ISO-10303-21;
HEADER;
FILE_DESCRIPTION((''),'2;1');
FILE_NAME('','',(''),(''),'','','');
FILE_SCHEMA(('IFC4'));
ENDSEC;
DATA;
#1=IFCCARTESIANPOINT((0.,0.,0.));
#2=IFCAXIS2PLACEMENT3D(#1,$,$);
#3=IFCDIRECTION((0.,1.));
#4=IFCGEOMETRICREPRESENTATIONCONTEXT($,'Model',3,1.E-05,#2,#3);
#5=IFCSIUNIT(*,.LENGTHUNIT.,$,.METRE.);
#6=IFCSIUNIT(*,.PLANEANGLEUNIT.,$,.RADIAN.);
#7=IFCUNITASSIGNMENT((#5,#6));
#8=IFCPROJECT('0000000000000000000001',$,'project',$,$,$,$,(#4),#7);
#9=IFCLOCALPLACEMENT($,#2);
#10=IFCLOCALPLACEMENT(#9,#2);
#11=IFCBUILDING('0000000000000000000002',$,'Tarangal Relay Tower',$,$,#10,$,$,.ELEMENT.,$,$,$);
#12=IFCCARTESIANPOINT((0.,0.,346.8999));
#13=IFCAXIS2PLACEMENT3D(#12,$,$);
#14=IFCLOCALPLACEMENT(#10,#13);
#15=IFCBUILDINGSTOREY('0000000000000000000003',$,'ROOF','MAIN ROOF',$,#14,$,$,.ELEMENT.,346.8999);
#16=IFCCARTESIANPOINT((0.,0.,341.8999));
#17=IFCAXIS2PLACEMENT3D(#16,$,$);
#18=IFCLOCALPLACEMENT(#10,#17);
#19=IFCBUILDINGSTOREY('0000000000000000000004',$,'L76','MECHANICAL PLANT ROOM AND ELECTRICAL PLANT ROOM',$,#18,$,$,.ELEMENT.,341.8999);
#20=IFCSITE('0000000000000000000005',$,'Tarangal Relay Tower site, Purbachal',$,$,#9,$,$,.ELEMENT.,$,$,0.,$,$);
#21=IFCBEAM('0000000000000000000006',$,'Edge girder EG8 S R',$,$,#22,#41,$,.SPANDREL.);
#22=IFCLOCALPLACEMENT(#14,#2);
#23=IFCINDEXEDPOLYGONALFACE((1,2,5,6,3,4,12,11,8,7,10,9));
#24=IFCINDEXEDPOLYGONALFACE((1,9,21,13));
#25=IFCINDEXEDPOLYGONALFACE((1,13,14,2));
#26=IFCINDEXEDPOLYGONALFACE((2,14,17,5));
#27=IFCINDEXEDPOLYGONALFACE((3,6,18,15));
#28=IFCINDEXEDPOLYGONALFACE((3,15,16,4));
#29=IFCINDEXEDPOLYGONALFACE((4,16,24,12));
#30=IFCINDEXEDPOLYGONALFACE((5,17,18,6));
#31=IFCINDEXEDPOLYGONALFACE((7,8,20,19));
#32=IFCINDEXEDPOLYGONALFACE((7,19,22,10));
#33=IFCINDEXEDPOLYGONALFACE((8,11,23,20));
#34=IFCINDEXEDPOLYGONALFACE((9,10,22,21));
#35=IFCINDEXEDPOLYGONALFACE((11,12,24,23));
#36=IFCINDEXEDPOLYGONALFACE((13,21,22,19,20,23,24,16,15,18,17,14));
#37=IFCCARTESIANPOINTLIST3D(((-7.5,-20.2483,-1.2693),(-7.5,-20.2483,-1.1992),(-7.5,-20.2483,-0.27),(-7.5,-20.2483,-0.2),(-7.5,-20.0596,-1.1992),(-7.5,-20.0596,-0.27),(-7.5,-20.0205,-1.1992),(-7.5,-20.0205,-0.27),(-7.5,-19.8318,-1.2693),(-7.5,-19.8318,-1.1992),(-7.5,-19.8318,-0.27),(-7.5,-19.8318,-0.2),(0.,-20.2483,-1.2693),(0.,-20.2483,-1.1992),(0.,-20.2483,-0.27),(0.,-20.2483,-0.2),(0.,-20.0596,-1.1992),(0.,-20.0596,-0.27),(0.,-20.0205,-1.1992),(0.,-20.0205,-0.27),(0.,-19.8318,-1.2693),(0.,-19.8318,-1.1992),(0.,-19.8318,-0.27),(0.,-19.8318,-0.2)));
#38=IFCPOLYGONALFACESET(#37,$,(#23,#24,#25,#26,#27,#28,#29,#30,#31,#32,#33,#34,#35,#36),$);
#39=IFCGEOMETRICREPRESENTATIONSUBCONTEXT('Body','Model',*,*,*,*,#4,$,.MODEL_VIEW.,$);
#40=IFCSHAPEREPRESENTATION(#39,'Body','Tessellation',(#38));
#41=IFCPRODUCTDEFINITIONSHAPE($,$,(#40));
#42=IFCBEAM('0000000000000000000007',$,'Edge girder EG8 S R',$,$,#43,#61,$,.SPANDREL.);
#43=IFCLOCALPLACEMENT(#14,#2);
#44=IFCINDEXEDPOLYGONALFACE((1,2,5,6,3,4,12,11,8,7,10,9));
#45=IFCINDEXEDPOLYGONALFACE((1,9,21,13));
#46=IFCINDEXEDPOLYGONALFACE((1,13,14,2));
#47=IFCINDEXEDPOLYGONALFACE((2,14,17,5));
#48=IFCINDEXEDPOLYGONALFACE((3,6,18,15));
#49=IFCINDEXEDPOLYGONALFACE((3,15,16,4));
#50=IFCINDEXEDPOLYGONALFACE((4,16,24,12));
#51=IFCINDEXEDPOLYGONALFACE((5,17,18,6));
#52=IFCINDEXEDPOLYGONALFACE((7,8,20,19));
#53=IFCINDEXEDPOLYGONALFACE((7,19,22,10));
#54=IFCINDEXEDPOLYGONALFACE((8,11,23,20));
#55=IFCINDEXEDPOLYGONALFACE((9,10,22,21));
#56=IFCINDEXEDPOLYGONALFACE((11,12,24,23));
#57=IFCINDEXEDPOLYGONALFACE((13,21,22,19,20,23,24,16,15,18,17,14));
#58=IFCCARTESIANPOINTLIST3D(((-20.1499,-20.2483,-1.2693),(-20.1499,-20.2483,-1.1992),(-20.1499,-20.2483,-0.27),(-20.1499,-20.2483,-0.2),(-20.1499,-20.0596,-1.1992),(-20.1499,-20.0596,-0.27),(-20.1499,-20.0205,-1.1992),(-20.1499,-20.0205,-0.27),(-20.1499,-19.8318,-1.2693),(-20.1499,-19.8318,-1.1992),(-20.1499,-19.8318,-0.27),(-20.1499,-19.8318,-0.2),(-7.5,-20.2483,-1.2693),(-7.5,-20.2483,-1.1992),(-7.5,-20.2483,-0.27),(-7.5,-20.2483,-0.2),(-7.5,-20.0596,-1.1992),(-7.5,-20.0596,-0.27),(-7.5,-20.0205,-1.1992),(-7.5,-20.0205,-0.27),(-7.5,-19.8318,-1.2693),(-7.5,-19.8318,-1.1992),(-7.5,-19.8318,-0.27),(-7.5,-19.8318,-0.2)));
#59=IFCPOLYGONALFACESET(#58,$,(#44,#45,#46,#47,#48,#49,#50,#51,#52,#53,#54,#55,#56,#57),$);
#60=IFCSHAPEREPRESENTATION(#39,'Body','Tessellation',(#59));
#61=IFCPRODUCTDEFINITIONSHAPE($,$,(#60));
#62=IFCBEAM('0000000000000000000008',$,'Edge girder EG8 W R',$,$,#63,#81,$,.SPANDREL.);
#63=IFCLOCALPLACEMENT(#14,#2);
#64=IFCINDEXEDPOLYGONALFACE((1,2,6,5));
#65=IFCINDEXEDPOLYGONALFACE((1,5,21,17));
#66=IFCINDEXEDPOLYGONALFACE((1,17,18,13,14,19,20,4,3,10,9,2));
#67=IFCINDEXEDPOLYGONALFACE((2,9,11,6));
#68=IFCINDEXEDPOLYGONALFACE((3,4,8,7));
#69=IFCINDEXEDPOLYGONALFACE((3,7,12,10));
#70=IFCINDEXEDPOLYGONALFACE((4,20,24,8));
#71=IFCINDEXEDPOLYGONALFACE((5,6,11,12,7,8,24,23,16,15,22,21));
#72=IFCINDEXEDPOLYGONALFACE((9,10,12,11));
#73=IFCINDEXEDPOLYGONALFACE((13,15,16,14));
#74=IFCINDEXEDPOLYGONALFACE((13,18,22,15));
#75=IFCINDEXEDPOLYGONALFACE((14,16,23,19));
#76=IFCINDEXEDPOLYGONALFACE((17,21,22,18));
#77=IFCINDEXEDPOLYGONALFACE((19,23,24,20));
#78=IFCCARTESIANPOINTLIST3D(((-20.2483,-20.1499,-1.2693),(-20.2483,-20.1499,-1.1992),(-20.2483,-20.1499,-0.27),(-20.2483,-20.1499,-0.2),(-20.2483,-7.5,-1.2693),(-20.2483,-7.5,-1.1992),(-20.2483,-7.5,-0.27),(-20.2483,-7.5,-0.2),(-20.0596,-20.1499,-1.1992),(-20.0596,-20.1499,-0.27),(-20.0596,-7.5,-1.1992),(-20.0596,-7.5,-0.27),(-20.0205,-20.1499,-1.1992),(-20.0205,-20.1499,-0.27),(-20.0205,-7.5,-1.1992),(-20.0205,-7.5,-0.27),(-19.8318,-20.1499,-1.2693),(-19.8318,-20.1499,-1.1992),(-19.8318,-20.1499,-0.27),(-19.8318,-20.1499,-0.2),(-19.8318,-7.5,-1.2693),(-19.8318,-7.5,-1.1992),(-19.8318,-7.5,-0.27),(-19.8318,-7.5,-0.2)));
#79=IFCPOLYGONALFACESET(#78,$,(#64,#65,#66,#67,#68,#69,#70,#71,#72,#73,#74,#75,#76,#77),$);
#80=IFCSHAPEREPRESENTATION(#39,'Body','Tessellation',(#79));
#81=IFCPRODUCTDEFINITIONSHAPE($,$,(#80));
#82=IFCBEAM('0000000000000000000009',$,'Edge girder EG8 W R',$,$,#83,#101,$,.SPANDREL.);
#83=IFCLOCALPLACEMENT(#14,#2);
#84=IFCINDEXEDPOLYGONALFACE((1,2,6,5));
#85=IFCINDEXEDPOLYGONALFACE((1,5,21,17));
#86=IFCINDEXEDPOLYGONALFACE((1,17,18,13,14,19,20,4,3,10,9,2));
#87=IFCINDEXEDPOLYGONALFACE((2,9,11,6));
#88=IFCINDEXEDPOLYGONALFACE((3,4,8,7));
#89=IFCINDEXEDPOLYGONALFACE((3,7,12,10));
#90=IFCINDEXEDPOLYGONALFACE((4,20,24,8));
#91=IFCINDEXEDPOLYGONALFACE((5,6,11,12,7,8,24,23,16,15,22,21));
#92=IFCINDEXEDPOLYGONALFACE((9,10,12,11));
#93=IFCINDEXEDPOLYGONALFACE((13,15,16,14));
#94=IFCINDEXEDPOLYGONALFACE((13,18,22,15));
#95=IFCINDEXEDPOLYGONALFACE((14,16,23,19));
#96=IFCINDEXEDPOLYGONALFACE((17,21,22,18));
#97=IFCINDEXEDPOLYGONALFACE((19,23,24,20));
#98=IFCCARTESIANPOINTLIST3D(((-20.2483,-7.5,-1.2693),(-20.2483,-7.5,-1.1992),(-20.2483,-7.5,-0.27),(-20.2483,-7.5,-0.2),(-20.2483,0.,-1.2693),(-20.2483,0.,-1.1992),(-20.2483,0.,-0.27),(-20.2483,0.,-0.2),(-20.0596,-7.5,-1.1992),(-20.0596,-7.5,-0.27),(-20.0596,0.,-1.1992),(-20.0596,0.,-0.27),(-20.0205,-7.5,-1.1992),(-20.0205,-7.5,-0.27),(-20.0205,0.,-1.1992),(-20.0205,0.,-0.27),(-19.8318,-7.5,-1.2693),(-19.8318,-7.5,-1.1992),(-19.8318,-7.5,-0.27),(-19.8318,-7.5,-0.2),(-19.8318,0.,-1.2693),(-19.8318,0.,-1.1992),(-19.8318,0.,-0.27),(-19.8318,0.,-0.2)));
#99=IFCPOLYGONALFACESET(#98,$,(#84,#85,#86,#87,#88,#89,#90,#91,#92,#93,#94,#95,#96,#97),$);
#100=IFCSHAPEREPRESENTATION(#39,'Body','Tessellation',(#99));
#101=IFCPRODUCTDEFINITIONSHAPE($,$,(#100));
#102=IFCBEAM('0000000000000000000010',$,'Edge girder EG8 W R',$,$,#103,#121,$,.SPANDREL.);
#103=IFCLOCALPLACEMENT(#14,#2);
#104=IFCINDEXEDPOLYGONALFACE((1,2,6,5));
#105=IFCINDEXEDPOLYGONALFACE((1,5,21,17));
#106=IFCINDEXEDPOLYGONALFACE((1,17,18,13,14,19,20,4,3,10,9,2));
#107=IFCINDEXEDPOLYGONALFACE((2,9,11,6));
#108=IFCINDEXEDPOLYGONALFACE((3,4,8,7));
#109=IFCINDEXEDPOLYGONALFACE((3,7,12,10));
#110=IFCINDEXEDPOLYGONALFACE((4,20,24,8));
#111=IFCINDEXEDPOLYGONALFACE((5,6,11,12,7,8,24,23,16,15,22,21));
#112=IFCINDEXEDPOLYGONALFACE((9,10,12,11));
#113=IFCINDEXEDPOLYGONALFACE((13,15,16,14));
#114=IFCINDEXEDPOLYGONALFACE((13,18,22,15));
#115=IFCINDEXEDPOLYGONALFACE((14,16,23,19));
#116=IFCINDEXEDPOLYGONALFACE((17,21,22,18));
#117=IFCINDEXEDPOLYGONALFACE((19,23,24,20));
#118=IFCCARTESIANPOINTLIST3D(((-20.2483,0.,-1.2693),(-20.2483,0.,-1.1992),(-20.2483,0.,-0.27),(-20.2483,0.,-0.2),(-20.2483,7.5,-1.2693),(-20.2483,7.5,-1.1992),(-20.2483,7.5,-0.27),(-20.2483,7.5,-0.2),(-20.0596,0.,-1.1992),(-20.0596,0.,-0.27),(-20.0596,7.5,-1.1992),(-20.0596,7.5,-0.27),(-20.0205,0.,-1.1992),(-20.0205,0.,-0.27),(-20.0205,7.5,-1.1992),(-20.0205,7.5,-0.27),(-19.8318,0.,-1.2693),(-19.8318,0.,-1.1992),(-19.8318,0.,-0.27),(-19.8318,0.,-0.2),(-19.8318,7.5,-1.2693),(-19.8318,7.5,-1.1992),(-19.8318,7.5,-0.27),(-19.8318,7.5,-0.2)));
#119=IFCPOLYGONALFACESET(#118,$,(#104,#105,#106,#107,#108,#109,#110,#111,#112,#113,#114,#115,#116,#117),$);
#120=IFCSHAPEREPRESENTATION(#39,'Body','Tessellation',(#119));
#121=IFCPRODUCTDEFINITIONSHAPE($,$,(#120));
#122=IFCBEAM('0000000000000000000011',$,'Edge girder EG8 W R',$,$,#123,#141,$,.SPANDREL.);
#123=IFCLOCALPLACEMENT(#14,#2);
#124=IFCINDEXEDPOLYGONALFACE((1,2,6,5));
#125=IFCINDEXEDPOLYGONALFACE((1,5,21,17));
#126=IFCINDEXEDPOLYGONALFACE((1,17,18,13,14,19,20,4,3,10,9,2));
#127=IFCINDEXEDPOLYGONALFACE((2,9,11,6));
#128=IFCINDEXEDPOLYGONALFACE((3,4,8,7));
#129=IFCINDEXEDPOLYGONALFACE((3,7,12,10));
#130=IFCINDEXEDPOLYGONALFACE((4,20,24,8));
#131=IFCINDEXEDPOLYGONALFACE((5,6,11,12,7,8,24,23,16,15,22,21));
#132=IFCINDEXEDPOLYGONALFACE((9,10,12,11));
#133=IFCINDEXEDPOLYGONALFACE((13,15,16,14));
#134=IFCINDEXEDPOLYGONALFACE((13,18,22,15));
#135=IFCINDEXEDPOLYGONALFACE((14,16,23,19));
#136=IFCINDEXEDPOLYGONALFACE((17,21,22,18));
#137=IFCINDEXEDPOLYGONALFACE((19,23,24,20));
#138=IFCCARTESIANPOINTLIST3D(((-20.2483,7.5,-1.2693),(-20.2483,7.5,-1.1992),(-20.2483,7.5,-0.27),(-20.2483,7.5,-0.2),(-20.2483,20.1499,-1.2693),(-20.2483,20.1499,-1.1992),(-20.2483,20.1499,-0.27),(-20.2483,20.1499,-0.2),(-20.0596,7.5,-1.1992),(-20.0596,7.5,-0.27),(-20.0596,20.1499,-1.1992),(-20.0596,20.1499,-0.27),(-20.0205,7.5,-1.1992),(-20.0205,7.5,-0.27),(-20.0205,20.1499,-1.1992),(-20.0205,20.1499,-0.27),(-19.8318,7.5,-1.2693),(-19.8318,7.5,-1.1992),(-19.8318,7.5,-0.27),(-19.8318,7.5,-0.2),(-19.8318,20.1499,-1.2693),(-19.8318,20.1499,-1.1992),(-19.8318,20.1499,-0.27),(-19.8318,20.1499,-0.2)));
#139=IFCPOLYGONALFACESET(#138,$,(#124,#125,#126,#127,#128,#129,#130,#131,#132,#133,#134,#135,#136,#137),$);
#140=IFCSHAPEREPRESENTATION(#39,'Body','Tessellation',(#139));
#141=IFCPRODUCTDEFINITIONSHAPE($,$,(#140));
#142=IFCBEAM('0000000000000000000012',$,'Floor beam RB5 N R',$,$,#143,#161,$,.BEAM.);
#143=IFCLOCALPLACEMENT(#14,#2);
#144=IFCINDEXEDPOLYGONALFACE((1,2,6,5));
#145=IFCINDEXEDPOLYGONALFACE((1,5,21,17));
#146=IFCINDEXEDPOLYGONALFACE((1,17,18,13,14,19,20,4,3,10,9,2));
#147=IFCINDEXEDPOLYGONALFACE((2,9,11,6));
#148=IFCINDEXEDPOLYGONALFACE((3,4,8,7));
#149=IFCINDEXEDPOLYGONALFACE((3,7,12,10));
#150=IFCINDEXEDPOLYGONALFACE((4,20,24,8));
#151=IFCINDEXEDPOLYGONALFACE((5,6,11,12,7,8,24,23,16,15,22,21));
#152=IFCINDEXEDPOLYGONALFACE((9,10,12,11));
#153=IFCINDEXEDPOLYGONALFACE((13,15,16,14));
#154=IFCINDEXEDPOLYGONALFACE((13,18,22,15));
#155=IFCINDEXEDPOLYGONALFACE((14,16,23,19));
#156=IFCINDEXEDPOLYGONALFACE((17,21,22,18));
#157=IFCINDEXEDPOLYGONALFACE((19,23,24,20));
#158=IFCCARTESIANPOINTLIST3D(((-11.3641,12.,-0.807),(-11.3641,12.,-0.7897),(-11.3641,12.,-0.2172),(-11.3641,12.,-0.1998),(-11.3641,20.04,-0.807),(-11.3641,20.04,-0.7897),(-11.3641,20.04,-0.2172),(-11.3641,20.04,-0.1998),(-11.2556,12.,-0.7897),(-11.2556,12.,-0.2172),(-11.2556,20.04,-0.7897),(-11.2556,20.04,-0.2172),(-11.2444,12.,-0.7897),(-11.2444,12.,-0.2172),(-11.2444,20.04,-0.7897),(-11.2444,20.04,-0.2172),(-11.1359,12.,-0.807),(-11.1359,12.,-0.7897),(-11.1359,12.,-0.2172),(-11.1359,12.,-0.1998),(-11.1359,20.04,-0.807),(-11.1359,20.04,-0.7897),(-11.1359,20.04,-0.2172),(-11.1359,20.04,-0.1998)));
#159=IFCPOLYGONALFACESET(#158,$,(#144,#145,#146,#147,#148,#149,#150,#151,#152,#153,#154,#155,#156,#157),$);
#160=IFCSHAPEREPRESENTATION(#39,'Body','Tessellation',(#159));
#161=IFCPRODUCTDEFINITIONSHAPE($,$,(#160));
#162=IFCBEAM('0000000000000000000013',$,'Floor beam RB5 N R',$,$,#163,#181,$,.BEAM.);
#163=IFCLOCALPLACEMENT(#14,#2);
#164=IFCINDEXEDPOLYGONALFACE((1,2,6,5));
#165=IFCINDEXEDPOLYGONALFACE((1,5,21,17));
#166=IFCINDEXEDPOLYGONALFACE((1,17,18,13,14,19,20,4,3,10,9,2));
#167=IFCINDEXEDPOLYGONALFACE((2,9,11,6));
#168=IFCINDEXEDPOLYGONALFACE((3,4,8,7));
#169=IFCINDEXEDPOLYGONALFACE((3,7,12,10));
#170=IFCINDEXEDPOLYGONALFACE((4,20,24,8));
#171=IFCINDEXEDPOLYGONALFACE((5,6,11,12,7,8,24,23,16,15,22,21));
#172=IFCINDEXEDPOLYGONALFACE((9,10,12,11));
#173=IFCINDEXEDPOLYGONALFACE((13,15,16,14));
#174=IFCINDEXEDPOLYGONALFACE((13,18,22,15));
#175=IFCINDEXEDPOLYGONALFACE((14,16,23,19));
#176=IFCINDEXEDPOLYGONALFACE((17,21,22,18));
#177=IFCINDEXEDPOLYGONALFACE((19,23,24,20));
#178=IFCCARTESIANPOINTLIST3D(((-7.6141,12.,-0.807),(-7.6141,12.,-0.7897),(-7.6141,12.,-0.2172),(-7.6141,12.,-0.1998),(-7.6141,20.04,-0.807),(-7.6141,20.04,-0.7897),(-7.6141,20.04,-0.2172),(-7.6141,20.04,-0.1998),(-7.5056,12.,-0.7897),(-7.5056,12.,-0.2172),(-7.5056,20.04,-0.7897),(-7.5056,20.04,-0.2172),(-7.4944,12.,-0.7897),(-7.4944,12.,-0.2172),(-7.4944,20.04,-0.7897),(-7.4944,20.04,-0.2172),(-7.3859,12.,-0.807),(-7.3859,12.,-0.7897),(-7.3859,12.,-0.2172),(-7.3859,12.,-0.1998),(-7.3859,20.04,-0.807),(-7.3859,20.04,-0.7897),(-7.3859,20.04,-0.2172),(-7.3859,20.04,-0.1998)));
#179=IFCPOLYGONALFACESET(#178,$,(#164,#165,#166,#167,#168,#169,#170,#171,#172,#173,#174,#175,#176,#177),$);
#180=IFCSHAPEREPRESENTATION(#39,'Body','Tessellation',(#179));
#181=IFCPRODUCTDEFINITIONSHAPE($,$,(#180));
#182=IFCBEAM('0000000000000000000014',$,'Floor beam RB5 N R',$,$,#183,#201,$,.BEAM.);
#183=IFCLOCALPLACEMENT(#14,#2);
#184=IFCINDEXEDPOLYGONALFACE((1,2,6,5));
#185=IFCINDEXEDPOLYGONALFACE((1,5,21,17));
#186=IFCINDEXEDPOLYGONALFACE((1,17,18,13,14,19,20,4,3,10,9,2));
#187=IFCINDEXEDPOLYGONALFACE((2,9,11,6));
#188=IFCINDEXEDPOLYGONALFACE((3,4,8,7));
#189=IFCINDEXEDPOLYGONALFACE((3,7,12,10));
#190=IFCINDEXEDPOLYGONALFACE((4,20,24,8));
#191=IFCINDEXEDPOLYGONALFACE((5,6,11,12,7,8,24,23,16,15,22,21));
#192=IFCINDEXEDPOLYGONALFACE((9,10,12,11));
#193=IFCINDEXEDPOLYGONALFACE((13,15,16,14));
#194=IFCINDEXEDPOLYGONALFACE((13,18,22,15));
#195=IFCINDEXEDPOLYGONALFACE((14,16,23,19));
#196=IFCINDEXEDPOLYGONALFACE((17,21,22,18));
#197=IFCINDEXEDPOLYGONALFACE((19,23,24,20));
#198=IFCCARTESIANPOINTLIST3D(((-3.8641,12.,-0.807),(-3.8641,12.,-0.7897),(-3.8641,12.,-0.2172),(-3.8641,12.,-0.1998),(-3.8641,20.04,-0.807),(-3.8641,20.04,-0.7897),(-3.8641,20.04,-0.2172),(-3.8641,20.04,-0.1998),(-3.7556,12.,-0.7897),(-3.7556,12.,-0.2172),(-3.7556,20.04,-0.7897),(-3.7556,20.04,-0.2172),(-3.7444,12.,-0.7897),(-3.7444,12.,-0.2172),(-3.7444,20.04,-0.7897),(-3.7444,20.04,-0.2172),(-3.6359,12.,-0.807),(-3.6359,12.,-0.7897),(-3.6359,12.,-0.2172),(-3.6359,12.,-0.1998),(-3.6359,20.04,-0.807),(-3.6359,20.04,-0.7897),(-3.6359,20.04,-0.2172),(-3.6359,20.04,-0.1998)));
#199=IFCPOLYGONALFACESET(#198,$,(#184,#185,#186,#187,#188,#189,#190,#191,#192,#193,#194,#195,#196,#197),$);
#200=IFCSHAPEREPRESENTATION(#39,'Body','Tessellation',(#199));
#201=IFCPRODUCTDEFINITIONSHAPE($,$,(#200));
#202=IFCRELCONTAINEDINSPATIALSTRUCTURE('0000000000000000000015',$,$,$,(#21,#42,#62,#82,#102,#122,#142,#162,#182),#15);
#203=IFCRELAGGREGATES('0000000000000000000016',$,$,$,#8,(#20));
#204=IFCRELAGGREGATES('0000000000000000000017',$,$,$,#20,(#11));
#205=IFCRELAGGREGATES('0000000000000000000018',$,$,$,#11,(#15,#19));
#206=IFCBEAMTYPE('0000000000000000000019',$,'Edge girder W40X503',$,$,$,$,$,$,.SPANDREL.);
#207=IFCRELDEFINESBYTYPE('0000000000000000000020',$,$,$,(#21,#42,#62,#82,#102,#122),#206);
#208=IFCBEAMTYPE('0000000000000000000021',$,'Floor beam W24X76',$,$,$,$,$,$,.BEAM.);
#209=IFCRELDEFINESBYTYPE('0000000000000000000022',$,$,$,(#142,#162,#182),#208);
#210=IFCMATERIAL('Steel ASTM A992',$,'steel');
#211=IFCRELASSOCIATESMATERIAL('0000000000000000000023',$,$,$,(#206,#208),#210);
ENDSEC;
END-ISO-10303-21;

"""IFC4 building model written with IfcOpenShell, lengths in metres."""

from ifc_helpers import new_model, si_unit, direction, frame, origin, origin_2d, place, context, subcontext, project, spatial, i_section, extrude, material, material_profile, profile_set, type_object, element, save


model = new_model("IFC4")

# Units and contexts
model_context = context("Model", 3, precision=1e-05, world=origin(), true_north=direction((0.0, 1.0)))
body_context = subcontext(model_context, "Body", "Model", "MODEL_VIEW")
ifc_project = project(units=[si_unit("LENGTHUNIT", "METRE"), si_unit("PLANEANGLEUNIT", "RADIAN")], contexts=[model_context])

# Site, building, storey
site_placement = place(None, origin())
site = spatial("IfcSite", under=ifc_project, at=site_placement, Name="Tarangal Relay Tower site, Purbachal", CompositionType="ELEMENT", RefElevation=0.0)
building_placement = place(site_placement, origin())
building = spatial("IfcBuilding", under=site, at=building_placement, Name="Tarangal Relay Tower", CompositionType="ELEMENT")
storey_1_placement = place(building_placement, frame((0.0, 0.0, 346.8999)))
storey_1 = spatial("IfcBuildingStorey", under=building, at=storey_1_placement, Name="ROOF", Description="MAIN ROOF", CompositionType="ELEMENT", Elevation=346.8999)

# Beams
ifc_material_1 = material(Name="Steel ASTM A992", Category="steel")
ifc_material_profile_1 = material_profile(ifc_material_1, i_section(OverallWidth=0.4165, OverallDepth=1.0693, WebThickness=0.0391, FlangeThickness=0.0701, at=origin_2d()), Name="W40X503")
ifc_profile_set_1 = profile_set([ifc_material_profile_1], Name="Steel ASTM A992")
beam_type_1 = type_object("IfcBeamType", Name="Edge girder W40X503", PredefinedType="SPANDREL", material=ifc_profile_set_1)
for number, where, z_axis, x_axis, name in (
    (1, (0.0, -20.04, -0.7346), (-1.0, 0.0, 0.0), (0.0, -1.0, 0.0), "Edge girder EG8 S R"),
):
    element("IfcBeam", number, at=place(storey_1_placement, frame(where, z_axis=z_axis, x_axis=x_axis)), inside=storey_1, type_object=beam_type_1, Name=name, PredefinedType="SPANDREL", context=body_context, shape_type="SweptSolid", body=[
        extrude(i_section(OverallWidth=0.4165, OverallDepth=1.0693, WebThickness=0.0391, FlangeThickness=0.0701, at=origin_2d()), origin(), (0.0, 0.0, 1.0), 7.5),
    ])
for number, where, z_axis, x_axis, name in (
    (2, (-7.5, -20.04, -0.7346), (-1.0, 0.0, 0.0), (0.0, -1.0, 0.0), "Edge girder EG8 S R"),
    (3, (-20.04, -20.1499, -0.7346), (0.0, 1.0, 0.0), (-1.0, 0.0, 0.0), "Edge girder EG8 W R"),
):
    element("IfcBeam", number, at=place(storey_1_placement, frame(where, z_axis=z_axis, x_axis=x_axis)), inside=storey_1, type_object=beam_type_1, Name=name, PredefinedType="SPANDREL", context=body_context, shape_type="SweptSolid", body=[
        extrude(i_section(OverallWidth=0.4165, OverallDepth=1.0693, WebThickness=0.0391, FlangeThickness=0.0701, at=origin_2d()), origin(), (0.0, 0.0, 1.0), 12.6499),
    ])
for number, where, z_axis, x_axis, name in (
    (4, (-20.04, -7.5, -0.7346), (0.0, 1.0, 0.0), (-1.0, 0.0, 0.0), "Edge girder EG8 W R"),
    (5, (-20.04, 0.0, -0.7346), (0.0, 1.0, 0.0), (-1.0, 0.0, 0.0), "Edge girder EG8 W R"),
):
    element("IfcBeam", number, at=place(storey_1_placement, frame(where, z_axis=z_axis, x_axis=x_axis)), inside=storey_1, type_object=beam_type_1, Name=name, PredefinedType="SPANDREL", context=body_context, shape_type="SweptSolid", body=[
        extrude(i_section(OverallWidth=0.4165, OverallDepth=1.0693, WebThickness=0.0391, FlangeThickness=0.0701, at=origin_2d()), origin(), (0.0, 0.0, 1.0), 7.5),
    ])
beam_1_placement = place(storey_1_placement, frame((-20.04, 7.5, -0.7346), z_axis=(0.0, 1.0, 0.0), x_axis=(-1.0, 0.0, 0.0)))
element("IfcBeam", 6, at=beam_1_placement, inside=storey_1, type_object=beam_type_1, Name="Edge girder EG8 W R", PredefinedType="SPANDREL", context=body_context, shape_type="SweptSolid", body=[
    extrude(i_section(OverallWidth=0.4165, OverallDepth=1.0693, WebThickness=0.0391, FlangeThickness=0.0701, at=origin_2d()), origin(), (0.0, 0.0, 1.0), 12.6499),
])
ifc_material_profile_2 = material_profile(ifc_material_1, i_section(OverallWidth=0.2283, OverallDepth=0.6072, WebThickness=0.0112, FlangeThickness=0.0173, at=origin_2d()), Name="W24X76")
ifc_profile_set_2 = profile_set([ifc_material_profile_2], Name="Steel ASTM A992")
beam_type_2 = type_object("IfcBeamType", Name="Floor beam W24X76", PredefinedType="BEAM", material=ifc_profile_set_2)
for number, where, z_axis, x_axis, name in (
    (7, (-11.25, 12.0, -0.5034), (0.0, 1.0, 0.0), (-1.0, 0.0, 0.0), "Floor beam RB5 N R"),
    (8, (-7.5, 12.0, -0.5034), (0.0, 1.0, 0.0), (-1.0, 0.0, 0.0), "Floor beam RB5 N R"),
    (9, (-3.75, 12.0, -0.5034), (0.0, 1.0, 0.0), (-1.0, 0.0, 0.0), "Floor beam RB5 N R"),
):
    element("IfcBeam", number, at=place(storey_1_placement, frame(where, z_axis=z_axis, x_axis=x_axis)), inside=storey_1, type_object=beam_type_2, Name=name, PredefinedType="BEAM", context=body_context, shape_type="SweptSolid", body=[
        extrude(i_section(OverallWidth=0.2283, OverallDepth=0.6072, WebThickness=0.0112, FlangeThickness=0.0173, at=origin_2d()), origin(), (0.0, 0.0, 1.0), 8.04),
    ])

# Shared definitions
storey_2_placement = place(building_placement, frame((0.0, 0.0, 341.8999)))
storey_2 = spatial("IfcBuildingStorey", under=building, at=storey_2_placement, Name="L76", Description="MECHANICAL PLANT ROOM AND ELECTRICAL PLANT ROOM", CompositionType="ELEMENT", Elevation=341.8999)

save(model, "model.ifc")
